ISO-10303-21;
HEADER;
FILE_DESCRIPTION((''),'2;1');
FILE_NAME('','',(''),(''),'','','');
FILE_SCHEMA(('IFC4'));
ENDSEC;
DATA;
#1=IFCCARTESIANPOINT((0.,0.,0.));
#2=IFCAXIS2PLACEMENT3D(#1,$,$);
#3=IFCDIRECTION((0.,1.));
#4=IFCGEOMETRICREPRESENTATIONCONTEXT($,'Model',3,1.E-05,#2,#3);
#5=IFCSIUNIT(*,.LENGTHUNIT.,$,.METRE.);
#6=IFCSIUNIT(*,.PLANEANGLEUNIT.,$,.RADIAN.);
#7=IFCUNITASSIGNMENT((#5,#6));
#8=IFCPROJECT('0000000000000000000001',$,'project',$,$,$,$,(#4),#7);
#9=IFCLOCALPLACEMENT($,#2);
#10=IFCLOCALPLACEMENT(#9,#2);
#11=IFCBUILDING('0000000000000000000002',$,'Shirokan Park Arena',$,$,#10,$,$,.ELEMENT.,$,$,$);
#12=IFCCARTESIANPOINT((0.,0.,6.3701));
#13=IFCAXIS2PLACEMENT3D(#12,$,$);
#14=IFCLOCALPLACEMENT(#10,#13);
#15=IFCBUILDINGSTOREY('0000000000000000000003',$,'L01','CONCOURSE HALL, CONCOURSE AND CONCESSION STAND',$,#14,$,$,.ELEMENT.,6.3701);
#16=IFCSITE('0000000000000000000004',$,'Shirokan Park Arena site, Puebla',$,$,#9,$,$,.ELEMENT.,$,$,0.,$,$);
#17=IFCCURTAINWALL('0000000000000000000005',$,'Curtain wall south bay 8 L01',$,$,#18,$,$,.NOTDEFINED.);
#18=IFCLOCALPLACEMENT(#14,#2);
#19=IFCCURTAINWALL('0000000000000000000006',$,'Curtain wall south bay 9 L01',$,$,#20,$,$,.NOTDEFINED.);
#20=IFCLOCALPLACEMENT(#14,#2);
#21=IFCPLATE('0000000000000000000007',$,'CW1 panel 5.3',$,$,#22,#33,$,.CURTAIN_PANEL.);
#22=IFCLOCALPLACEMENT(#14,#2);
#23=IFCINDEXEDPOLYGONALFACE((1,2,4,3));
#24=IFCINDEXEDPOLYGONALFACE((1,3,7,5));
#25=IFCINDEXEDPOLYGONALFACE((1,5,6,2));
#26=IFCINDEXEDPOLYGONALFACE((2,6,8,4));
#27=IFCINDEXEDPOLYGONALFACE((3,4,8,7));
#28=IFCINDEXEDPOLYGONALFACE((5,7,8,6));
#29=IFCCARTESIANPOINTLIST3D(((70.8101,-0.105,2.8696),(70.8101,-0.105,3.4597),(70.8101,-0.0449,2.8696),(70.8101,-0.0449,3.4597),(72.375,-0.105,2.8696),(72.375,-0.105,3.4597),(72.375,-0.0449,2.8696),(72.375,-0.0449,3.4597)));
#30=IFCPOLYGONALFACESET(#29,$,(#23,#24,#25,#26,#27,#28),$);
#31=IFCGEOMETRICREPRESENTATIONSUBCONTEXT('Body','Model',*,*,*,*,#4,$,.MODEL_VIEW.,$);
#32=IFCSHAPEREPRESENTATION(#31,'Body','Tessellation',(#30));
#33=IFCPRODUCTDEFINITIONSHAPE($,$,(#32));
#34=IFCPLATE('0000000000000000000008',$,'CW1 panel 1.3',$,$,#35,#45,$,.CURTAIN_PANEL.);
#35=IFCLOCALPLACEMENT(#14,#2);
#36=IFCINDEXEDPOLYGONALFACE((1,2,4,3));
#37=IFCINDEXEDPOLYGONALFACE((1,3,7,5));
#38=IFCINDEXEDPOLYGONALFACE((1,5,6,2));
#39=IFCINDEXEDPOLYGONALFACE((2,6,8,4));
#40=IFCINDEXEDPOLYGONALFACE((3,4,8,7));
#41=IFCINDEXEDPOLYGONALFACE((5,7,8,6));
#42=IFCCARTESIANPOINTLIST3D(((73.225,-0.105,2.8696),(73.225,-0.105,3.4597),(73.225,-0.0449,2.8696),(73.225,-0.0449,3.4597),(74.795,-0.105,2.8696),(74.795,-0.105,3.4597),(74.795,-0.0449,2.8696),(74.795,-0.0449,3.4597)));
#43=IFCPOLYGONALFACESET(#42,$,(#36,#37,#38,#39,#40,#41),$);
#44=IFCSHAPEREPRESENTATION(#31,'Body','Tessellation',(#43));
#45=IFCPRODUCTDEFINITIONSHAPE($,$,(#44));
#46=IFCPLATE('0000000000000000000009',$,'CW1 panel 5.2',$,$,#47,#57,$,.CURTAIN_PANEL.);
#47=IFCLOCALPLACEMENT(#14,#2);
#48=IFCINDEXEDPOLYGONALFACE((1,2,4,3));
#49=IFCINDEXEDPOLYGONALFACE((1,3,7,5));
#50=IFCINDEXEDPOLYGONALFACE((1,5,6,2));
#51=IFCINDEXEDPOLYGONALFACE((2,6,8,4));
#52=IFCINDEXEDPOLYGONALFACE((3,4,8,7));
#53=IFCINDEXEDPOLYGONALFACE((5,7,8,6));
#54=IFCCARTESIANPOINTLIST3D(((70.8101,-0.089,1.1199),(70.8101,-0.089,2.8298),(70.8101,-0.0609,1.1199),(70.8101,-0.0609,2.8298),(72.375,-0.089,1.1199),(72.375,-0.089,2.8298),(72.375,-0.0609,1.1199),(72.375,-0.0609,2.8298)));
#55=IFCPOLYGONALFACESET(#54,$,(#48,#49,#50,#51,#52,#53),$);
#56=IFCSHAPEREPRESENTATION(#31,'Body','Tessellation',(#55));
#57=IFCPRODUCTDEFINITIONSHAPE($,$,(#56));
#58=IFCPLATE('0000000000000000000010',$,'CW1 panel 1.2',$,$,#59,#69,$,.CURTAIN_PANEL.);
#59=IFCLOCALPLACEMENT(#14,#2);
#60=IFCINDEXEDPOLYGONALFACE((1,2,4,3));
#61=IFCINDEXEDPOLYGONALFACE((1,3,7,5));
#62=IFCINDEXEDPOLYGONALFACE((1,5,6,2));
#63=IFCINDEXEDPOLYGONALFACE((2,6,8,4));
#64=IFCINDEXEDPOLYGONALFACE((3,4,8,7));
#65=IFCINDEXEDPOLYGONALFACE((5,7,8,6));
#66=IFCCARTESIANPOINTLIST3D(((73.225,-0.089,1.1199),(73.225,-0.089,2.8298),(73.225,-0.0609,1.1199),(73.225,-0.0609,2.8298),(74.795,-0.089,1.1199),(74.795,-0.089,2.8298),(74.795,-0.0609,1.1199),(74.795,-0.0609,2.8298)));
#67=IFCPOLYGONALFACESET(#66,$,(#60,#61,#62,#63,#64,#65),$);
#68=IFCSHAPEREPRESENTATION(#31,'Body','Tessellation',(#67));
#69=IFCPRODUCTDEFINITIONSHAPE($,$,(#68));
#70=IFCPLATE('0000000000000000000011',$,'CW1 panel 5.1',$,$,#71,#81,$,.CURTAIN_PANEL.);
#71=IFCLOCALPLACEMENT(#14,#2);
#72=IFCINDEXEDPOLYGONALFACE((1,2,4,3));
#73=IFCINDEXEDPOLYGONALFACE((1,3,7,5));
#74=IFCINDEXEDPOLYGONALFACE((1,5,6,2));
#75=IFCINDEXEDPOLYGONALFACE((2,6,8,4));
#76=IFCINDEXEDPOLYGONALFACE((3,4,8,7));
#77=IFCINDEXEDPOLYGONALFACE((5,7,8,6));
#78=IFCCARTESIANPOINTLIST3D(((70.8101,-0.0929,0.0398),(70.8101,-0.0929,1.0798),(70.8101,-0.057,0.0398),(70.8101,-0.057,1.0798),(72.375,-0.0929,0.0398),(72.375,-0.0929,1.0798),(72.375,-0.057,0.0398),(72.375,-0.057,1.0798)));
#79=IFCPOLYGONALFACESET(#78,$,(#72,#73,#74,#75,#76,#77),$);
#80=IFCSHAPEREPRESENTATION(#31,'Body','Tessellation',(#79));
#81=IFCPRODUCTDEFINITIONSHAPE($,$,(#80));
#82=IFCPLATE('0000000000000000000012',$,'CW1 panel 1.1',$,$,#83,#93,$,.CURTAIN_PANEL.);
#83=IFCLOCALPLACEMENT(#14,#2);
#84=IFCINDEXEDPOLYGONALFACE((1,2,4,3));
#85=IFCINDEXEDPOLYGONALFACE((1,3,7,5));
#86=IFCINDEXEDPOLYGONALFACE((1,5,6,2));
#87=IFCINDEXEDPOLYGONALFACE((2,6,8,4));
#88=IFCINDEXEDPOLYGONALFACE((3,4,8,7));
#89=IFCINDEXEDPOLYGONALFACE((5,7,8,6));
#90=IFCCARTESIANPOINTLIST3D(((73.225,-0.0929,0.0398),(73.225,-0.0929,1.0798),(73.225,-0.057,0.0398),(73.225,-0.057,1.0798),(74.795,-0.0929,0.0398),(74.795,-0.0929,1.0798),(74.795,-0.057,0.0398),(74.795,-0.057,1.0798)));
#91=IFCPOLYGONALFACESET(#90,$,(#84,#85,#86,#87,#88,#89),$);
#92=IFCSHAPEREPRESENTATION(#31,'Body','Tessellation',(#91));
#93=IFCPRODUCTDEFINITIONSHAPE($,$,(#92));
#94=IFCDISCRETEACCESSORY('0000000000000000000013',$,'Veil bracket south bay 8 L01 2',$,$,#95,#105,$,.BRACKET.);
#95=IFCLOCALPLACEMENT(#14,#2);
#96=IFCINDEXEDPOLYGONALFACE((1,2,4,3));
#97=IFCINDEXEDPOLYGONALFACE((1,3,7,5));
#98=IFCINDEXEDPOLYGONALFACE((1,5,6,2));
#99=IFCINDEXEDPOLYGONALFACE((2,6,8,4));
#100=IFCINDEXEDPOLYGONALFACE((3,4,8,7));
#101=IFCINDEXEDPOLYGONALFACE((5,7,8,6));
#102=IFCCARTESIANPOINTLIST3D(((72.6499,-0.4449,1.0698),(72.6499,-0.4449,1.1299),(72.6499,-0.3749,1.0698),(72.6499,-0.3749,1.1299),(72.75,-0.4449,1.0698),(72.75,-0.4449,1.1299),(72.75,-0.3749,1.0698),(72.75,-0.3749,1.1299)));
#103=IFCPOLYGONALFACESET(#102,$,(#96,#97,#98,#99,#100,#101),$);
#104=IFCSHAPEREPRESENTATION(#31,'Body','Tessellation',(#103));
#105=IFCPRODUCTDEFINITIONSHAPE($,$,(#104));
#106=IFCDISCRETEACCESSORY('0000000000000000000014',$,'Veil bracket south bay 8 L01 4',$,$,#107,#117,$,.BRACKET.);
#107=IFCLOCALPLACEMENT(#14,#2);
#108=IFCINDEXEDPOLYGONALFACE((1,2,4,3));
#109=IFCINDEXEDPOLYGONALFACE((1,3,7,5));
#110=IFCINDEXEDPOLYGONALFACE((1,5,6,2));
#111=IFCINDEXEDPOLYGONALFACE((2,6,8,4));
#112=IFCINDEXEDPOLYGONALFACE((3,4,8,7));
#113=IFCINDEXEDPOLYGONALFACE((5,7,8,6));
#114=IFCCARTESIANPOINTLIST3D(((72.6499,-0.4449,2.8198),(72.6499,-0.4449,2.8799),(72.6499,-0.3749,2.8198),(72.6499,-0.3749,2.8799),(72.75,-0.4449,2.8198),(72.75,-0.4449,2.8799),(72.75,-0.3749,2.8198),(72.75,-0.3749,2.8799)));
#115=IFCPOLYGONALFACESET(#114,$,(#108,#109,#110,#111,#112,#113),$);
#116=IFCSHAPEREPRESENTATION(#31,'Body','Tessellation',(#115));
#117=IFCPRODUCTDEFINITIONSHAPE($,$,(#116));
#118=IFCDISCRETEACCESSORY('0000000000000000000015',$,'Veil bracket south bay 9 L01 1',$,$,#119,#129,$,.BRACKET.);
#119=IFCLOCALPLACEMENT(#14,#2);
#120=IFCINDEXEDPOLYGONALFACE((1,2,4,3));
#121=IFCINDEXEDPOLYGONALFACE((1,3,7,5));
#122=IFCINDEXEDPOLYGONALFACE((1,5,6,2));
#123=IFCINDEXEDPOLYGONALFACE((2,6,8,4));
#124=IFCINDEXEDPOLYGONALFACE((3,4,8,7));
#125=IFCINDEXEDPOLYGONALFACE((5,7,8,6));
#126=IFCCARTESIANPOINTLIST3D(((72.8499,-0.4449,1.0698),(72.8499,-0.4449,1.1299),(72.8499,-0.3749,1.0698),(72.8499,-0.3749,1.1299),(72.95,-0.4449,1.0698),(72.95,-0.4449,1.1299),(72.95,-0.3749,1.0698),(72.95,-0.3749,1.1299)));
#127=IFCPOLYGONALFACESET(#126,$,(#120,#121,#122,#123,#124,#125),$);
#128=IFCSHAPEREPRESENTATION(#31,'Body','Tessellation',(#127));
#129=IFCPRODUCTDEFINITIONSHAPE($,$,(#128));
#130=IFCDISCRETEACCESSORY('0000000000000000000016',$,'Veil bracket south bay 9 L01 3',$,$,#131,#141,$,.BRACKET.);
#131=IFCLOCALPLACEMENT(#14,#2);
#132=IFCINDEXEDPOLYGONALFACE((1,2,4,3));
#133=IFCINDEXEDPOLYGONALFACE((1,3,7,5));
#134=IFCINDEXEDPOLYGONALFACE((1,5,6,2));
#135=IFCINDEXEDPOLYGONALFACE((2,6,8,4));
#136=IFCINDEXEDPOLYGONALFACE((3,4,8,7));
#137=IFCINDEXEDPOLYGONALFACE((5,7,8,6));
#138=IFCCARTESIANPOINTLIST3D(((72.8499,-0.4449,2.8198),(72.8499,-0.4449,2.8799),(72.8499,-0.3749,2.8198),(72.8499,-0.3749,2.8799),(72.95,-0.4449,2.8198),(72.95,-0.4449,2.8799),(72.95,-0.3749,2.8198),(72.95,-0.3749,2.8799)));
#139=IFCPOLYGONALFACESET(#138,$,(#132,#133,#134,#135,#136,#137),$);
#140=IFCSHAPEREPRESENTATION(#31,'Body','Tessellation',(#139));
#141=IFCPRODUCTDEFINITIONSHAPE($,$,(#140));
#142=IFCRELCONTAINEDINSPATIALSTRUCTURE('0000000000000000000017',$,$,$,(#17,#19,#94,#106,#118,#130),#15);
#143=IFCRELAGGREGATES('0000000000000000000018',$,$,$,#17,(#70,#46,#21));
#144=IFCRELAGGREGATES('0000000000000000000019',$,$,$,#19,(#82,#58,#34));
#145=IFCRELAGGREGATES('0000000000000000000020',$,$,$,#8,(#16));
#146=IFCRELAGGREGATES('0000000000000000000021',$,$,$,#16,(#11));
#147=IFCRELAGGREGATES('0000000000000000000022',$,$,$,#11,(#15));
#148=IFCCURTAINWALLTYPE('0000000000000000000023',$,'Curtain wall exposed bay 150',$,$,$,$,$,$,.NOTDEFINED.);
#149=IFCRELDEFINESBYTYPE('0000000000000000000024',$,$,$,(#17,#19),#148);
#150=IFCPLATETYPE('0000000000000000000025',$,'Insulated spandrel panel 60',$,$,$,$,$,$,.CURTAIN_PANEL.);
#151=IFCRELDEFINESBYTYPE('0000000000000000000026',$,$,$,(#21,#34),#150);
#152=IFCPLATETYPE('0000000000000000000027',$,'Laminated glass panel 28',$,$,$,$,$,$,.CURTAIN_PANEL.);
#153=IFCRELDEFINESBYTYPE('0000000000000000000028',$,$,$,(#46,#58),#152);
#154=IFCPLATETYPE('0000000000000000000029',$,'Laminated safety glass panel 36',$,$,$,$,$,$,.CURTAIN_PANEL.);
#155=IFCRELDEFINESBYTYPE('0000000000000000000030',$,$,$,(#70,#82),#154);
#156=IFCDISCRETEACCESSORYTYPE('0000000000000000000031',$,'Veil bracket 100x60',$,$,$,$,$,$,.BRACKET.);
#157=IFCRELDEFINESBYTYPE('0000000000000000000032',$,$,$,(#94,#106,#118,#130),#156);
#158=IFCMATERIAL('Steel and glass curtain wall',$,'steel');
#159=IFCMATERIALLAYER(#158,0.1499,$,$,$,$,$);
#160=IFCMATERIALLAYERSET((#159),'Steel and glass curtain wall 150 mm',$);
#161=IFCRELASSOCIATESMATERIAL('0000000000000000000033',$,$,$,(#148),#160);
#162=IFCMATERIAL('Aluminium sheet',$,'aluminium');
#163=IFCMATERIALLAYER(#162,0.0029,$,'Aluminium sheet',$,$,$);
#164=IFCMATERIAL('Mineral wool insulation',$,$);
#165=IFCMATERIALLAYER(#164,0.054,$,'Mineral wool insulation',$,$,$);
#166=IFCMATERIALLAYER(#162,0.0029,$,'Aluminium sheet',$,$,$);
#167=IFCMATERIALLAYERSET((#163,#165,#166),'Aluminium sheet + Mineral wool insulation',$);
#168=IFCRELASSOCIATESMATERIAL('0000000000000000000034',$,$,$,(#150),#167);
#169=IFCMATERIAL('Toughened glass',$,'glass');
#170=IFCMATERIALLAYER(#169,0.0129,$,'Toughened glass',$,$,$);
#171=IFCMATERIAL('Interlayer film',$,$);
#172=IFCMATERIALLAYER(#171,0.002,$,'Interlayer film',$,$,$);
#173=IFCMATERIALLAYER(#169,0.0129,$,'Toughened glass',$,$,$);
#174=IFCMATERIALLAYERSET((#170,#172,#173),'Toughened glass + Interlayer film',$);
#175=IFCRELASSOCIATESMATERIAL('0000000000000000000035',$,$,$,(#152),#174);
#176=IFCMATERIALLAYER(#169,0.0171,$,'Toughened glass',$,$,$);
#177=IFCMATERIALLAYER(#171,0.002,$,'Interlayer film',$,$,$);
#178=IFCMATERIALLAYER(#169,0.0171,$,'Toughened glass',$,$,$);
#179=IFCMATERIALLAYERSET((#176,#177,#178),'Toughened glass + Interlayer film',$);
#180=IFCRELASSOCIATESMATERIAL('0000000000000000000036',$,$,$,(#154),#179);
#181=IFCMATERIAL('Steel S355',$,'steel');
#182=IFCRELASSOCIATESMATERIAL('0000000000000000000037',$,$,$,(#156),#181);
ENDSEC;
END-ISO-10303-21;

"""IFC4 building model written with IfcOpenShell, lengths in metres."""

from ifc_helpers import new_model, si_unit, direction, frame, origin, origin_2d, place, context, subcontext, project, spatial, rectangle, extrude, material, layer, layer_set, type_object, element, aggregate, save


model = new_model("IFC4")

# Units and contexts
model_context = context("Model", 3, precision=1e-05, world=origin(), true_north=direction((0.0, 1.0)))
body_context = subcontext(model_context, "Body", "Model", "MODEL_VIEW")
ifc_project = project(units=[si_unit("LENGTHUNIT", "METRE"), si_unit("PLANEANGLEUNIT", "RADIAN")], contexts=[model_context])

# Site, building, storey
site_placement = place(None, origin())
site = spatial("IfcSite", under=ifc_project, at=site_placement, Name="Shirokan Park Arena site, Puebla", CompositionType="ELEMENT", RefElevation=0.0)
building_placement = place(site_placement, origin())
building = spatial("IfcBuilding", under=site, at=building_placement, Name="Shirokan Park Arena", CompositionType="ELEMENT")
storey_placement = place(building_placement, frame((0.0, 0.0, 6.3701)))
storey = spatial("IfcBuildingStorey", under=building, at=storey_placement, Name="L01", Description="CONCOURSE HALL, CONCOURSE AND CONCESSION STAND", CompositionType="ELEMENT", Elevation=6.3701)

# Curtain wall
ifc_material_1 = material(Name="Steel and glass curtain wall", Category="steel")
ifc_layer_1 = layer(ifc_material_1, 0.1499)
ifc_layer_set_1 = layer_set([ifc_layer_1], Name="Steel and glass curtain wall 150 mm")
curtain_wall_type = type_object("IfcCurtainWallType", Name="Curtain wall exposed bay 150", PredefinedType="NOTDEFINED", material=ifc_layer_set_1)
curtain_wall_1_placement = place(storey_placement, origin())
curtain_wall_1 = element("IfcCurtainWall", 1, at=curtain_wall_1_placement, inside=storey, type_object=curtain_wall_type, Name="Curtain wall south bay 8 L01", PredefinedType="NOTDEFINED")
ifc_material_2 = material(Name="Steel S355", Category="steel")

# Curtain wall
curtain_wall_2_placement = place(storey_placement, origin())
curtain_wall_2 = element("IfcCurtainWall", 2, at=curtain_wall_2_placement, inside=storey, type_object=curtain_wall_type, Name="Curtain wall south bay 9 L01", PredefinedType="NOTDEFINED")

# Plates
ifc_material_3 = material(Name="Aluminium sheet", Category="aluminium")
ifc_layer_2 = layer(ifc_material_3, 0.0029, Name="Aluminium sheet")
ifc_material_4 = material(Name="Mineral wool insulation")
ifc_layer_3 = layer(ifc_material_4, 0.054, Name="Mineral wool insulation")
ifc_layer_4 = layer(ifc_material_3, 0.0029, Name="Aluminium sheet")
ifc_layer_set_2 = layer_set([ifc_layer_2, ifc_layer_3, ifc_layer_4], Name="Aluminium sheet + Mineral wool insulation")
plate_type_1 = type_object("IfcPlateType", Name="Insulated spandrel panel 60", PredefinedType="CURTAIN_PANEL", material=ifc_layer_set_2)
plate_1_placement = place(storey_placement, frame((71.5925, -0.075, 2.8696), z_axis=(0.0, 0.0, 1.0), x_axis=(1.0, 0.0, 0.0)))
plate_1 = element("IfcPlate", 3, at=plate_1_placement, type_object=plate_type_1, Name="CW1 panel 5.3", PredefinedType="CURTAIN_PANEL", context=body_context, shape_type="SweptSolid", body=[
    extrude(rectangle(XDim=1.5649, YDim=0.0601, at=origin_2d()), origin(), (0.0, 0.0, 1.0), 0.5901),
])
plate_2_placement = place(storey_placement, frame((74.01, -0.075, 2.8696), z_axis=(0.0, 0.0, 1.0), x_axis=(1.0, 0.0, 0.0)))
plate_2 = element("IfcPlate", 4, at=plate_2_placement, type_object=plate_type_1, Name="CW1 panel 1.3", PredefinedType="CURTAIN_PANEL", context=body_context, shape_type="SweptSolid", body=[
    extrude(rectangle(XDim=1.5701, YDim=0.0601, at=origin_2d()), origin(), (0.0, 0.0, 1.0), 0.5901),
])
ifc_material_5 = material(Name="Toughened glass", Category="glass")
ifc_layer_5 = layer(ifc_material_5, 0.0129, Name="Toughened glass")
ifc_material_6 = material(Name="Interlayer film")
ifc_layer_6 = layer(ifc_material_6, 0.002, Name="Interlayer film")
ifc_layer_7 = layer(ifc_material_5, 0.0129, Name="Toughened glass")
ifc_layer_set_3 = layer_set([ifc_layer_5, ifc_layer_6, ifc_layer_7], Name="Toughened glass + Interlayer film")
plate_type_2 = type_object("IfcPlateType", Name="Laminated glass panel 28", PredefinedType="CURTAIN_PANEL", material=ifc_layer_set_3)
plate_3_placement = place(storey_placement, frame((71.5925, -0.075, 1.1199), z_axis=(0.0, 0.0, 1.0), x_axis=(1.0, 0.0, 0.0)))
plate_3 = element("IfcPlate", 5, at=plate_3_placement, type_object=plate_type_2, Name="CW1 panel 5.2", PredefinedType="CURTAIN_PANEL", context=body_context, shape_type="SweptSolid", body=[
    extrude(rectangle(XDim=1.5649, YDim=0.0281, at=origin_2d()), origin(), (0.0, 0.0, 1.0), 1.71),
])
plate_4_placement = place(storey_placement, frame((74.01, -0.075, 1.1199), z_axis=(0.0, 0.0, 1.0), x_axis=(1.0, 0.0, 0.0)))
plate_4 = element("IfcPlate", 6, at=plate_4_placement, type_object=plate_type_2, Name="CW1 panel 1.2", PredefinedType="CURTAIN_PANEL", context=body_context, shape_type="SweptSolid", body=[
    extrude(rectangle(XDim=1.5701, YDim=0.0281, at=origin_2d()), origin(), (0.0, 0.0, 1.0), 1.71),
])
ifc_layer_8 = layer(ifc_material_5, 0.0171, Name="Toughened glass")
ifc_layer_9 = layer(ifc_material_6, 0.002, Name="Interlayer film")
ifc_layer_10 = layer(ifc_material_5, 0.0171, Name="Toughened glass")
ifc_layer_set_4 = layer_set([ifc_layer_8, ifc_layer_9, ifc_layer_10], Name="Toughened glass + Interlayer film")
plate_type_3 = type_object("IfcPlateType", Name="Laminated safety glass panel 36", PredefinedType="CURTAIN_PANEL", material=ifc_layer_set_4)
plate_5_placement = place(storey_placement, frame((71.5925, -0.075, 0.0398), z_axis=(0.0, 0.0, 1.0), x_axis=(1.0, 0.0, 0.0)))
plate_5 = element("IfcPlate", 7, at=plate_5_placement, type_object=plate_type_3, Name="CW1 panel 5.1", PredefinedType="CURTAIN_PANEL", context=body_context, shape_type="SweptSolid", body=[
    extrude(rectangle(XDim=1.5649, YDim=0.0359, at=origin_2d()), origin(), (0.0, 0.0, 1.0), 1.04),
])
aggregate(curtain_wall_1, [plate_5, plate_3, plate_1])
plate_6_placement = place(storey_placement, frame((74.01, -0.075, 0.0398), z_axis=(0.0, 0.0, 1.0), x_axis=(1.0, 0.0, 0.0)))
plate_6 = element("IfcPlate", 8, at=plate_6_placement, type_object=plate_type_3, Name="CW1 panel 1.1", PredefinedType="CURTAIN_PANEL", context=body_context, shape_type="SweptSolid", body=[
    extrude(rectangle(XDim=1.5701, YDim=0.0359, at=origin_2d()), origin(), (0.0, 0.0, 1.0), 1.04),
])
aggregate(curtain_wall_2, [plate_6, plate_4, plate_2])

# Discrete accessories
discrete_accessory_type = type_object("IfcDiscreteAccessoryType", Name="Veil bracket 100x60", PredefinedType="BRACKET", material=ifc_material_2)
for number, where, z_axis, x_axis, name in (
    (9, (72.7, -0.4099, 1.0698), (0.0, 0.0, 1.0), (1.0, 0.0, 0.0), "Veil bracket south bay 8 L01 2"),
    (10, (72.7, -0.4099, 2.8198), (0.0, 0.0, 1.0), (1.0, 0.0, 0.0), "Veil bracket south bay 8 L01 4"),
    (11, (72.8999, -0.4099, 1.0698), (0.0, 0.0, 1.0), (1.0, 0.0, 0.0), "Veil bracket south bay 9 L01 1"),
    (12, (72.8999, -0.4099, 2.8198), (0.0, 0.0, 1.0), (1.0, 0.0, 0.0), "Veil bracket south bay 9 L01 3"),
):
    element("IfcDiscreteAccessory", number, at=place(storey_placement, frame(where, z_axis=z_axis, x_axis=x_axis)), inside=storey, type_object=discrete_accessory_type, Name=name, PredefinedType="BRACKET", context=body_context, shape_type="SweptSolid", body=[
        extrude(rectangle(XDim=0.1001, YDim=0.0701, at=origin_2d()), origin(), (0.0, 0.0, 1.0), 0.0601),
    ])

save(model, "model.ifc")
